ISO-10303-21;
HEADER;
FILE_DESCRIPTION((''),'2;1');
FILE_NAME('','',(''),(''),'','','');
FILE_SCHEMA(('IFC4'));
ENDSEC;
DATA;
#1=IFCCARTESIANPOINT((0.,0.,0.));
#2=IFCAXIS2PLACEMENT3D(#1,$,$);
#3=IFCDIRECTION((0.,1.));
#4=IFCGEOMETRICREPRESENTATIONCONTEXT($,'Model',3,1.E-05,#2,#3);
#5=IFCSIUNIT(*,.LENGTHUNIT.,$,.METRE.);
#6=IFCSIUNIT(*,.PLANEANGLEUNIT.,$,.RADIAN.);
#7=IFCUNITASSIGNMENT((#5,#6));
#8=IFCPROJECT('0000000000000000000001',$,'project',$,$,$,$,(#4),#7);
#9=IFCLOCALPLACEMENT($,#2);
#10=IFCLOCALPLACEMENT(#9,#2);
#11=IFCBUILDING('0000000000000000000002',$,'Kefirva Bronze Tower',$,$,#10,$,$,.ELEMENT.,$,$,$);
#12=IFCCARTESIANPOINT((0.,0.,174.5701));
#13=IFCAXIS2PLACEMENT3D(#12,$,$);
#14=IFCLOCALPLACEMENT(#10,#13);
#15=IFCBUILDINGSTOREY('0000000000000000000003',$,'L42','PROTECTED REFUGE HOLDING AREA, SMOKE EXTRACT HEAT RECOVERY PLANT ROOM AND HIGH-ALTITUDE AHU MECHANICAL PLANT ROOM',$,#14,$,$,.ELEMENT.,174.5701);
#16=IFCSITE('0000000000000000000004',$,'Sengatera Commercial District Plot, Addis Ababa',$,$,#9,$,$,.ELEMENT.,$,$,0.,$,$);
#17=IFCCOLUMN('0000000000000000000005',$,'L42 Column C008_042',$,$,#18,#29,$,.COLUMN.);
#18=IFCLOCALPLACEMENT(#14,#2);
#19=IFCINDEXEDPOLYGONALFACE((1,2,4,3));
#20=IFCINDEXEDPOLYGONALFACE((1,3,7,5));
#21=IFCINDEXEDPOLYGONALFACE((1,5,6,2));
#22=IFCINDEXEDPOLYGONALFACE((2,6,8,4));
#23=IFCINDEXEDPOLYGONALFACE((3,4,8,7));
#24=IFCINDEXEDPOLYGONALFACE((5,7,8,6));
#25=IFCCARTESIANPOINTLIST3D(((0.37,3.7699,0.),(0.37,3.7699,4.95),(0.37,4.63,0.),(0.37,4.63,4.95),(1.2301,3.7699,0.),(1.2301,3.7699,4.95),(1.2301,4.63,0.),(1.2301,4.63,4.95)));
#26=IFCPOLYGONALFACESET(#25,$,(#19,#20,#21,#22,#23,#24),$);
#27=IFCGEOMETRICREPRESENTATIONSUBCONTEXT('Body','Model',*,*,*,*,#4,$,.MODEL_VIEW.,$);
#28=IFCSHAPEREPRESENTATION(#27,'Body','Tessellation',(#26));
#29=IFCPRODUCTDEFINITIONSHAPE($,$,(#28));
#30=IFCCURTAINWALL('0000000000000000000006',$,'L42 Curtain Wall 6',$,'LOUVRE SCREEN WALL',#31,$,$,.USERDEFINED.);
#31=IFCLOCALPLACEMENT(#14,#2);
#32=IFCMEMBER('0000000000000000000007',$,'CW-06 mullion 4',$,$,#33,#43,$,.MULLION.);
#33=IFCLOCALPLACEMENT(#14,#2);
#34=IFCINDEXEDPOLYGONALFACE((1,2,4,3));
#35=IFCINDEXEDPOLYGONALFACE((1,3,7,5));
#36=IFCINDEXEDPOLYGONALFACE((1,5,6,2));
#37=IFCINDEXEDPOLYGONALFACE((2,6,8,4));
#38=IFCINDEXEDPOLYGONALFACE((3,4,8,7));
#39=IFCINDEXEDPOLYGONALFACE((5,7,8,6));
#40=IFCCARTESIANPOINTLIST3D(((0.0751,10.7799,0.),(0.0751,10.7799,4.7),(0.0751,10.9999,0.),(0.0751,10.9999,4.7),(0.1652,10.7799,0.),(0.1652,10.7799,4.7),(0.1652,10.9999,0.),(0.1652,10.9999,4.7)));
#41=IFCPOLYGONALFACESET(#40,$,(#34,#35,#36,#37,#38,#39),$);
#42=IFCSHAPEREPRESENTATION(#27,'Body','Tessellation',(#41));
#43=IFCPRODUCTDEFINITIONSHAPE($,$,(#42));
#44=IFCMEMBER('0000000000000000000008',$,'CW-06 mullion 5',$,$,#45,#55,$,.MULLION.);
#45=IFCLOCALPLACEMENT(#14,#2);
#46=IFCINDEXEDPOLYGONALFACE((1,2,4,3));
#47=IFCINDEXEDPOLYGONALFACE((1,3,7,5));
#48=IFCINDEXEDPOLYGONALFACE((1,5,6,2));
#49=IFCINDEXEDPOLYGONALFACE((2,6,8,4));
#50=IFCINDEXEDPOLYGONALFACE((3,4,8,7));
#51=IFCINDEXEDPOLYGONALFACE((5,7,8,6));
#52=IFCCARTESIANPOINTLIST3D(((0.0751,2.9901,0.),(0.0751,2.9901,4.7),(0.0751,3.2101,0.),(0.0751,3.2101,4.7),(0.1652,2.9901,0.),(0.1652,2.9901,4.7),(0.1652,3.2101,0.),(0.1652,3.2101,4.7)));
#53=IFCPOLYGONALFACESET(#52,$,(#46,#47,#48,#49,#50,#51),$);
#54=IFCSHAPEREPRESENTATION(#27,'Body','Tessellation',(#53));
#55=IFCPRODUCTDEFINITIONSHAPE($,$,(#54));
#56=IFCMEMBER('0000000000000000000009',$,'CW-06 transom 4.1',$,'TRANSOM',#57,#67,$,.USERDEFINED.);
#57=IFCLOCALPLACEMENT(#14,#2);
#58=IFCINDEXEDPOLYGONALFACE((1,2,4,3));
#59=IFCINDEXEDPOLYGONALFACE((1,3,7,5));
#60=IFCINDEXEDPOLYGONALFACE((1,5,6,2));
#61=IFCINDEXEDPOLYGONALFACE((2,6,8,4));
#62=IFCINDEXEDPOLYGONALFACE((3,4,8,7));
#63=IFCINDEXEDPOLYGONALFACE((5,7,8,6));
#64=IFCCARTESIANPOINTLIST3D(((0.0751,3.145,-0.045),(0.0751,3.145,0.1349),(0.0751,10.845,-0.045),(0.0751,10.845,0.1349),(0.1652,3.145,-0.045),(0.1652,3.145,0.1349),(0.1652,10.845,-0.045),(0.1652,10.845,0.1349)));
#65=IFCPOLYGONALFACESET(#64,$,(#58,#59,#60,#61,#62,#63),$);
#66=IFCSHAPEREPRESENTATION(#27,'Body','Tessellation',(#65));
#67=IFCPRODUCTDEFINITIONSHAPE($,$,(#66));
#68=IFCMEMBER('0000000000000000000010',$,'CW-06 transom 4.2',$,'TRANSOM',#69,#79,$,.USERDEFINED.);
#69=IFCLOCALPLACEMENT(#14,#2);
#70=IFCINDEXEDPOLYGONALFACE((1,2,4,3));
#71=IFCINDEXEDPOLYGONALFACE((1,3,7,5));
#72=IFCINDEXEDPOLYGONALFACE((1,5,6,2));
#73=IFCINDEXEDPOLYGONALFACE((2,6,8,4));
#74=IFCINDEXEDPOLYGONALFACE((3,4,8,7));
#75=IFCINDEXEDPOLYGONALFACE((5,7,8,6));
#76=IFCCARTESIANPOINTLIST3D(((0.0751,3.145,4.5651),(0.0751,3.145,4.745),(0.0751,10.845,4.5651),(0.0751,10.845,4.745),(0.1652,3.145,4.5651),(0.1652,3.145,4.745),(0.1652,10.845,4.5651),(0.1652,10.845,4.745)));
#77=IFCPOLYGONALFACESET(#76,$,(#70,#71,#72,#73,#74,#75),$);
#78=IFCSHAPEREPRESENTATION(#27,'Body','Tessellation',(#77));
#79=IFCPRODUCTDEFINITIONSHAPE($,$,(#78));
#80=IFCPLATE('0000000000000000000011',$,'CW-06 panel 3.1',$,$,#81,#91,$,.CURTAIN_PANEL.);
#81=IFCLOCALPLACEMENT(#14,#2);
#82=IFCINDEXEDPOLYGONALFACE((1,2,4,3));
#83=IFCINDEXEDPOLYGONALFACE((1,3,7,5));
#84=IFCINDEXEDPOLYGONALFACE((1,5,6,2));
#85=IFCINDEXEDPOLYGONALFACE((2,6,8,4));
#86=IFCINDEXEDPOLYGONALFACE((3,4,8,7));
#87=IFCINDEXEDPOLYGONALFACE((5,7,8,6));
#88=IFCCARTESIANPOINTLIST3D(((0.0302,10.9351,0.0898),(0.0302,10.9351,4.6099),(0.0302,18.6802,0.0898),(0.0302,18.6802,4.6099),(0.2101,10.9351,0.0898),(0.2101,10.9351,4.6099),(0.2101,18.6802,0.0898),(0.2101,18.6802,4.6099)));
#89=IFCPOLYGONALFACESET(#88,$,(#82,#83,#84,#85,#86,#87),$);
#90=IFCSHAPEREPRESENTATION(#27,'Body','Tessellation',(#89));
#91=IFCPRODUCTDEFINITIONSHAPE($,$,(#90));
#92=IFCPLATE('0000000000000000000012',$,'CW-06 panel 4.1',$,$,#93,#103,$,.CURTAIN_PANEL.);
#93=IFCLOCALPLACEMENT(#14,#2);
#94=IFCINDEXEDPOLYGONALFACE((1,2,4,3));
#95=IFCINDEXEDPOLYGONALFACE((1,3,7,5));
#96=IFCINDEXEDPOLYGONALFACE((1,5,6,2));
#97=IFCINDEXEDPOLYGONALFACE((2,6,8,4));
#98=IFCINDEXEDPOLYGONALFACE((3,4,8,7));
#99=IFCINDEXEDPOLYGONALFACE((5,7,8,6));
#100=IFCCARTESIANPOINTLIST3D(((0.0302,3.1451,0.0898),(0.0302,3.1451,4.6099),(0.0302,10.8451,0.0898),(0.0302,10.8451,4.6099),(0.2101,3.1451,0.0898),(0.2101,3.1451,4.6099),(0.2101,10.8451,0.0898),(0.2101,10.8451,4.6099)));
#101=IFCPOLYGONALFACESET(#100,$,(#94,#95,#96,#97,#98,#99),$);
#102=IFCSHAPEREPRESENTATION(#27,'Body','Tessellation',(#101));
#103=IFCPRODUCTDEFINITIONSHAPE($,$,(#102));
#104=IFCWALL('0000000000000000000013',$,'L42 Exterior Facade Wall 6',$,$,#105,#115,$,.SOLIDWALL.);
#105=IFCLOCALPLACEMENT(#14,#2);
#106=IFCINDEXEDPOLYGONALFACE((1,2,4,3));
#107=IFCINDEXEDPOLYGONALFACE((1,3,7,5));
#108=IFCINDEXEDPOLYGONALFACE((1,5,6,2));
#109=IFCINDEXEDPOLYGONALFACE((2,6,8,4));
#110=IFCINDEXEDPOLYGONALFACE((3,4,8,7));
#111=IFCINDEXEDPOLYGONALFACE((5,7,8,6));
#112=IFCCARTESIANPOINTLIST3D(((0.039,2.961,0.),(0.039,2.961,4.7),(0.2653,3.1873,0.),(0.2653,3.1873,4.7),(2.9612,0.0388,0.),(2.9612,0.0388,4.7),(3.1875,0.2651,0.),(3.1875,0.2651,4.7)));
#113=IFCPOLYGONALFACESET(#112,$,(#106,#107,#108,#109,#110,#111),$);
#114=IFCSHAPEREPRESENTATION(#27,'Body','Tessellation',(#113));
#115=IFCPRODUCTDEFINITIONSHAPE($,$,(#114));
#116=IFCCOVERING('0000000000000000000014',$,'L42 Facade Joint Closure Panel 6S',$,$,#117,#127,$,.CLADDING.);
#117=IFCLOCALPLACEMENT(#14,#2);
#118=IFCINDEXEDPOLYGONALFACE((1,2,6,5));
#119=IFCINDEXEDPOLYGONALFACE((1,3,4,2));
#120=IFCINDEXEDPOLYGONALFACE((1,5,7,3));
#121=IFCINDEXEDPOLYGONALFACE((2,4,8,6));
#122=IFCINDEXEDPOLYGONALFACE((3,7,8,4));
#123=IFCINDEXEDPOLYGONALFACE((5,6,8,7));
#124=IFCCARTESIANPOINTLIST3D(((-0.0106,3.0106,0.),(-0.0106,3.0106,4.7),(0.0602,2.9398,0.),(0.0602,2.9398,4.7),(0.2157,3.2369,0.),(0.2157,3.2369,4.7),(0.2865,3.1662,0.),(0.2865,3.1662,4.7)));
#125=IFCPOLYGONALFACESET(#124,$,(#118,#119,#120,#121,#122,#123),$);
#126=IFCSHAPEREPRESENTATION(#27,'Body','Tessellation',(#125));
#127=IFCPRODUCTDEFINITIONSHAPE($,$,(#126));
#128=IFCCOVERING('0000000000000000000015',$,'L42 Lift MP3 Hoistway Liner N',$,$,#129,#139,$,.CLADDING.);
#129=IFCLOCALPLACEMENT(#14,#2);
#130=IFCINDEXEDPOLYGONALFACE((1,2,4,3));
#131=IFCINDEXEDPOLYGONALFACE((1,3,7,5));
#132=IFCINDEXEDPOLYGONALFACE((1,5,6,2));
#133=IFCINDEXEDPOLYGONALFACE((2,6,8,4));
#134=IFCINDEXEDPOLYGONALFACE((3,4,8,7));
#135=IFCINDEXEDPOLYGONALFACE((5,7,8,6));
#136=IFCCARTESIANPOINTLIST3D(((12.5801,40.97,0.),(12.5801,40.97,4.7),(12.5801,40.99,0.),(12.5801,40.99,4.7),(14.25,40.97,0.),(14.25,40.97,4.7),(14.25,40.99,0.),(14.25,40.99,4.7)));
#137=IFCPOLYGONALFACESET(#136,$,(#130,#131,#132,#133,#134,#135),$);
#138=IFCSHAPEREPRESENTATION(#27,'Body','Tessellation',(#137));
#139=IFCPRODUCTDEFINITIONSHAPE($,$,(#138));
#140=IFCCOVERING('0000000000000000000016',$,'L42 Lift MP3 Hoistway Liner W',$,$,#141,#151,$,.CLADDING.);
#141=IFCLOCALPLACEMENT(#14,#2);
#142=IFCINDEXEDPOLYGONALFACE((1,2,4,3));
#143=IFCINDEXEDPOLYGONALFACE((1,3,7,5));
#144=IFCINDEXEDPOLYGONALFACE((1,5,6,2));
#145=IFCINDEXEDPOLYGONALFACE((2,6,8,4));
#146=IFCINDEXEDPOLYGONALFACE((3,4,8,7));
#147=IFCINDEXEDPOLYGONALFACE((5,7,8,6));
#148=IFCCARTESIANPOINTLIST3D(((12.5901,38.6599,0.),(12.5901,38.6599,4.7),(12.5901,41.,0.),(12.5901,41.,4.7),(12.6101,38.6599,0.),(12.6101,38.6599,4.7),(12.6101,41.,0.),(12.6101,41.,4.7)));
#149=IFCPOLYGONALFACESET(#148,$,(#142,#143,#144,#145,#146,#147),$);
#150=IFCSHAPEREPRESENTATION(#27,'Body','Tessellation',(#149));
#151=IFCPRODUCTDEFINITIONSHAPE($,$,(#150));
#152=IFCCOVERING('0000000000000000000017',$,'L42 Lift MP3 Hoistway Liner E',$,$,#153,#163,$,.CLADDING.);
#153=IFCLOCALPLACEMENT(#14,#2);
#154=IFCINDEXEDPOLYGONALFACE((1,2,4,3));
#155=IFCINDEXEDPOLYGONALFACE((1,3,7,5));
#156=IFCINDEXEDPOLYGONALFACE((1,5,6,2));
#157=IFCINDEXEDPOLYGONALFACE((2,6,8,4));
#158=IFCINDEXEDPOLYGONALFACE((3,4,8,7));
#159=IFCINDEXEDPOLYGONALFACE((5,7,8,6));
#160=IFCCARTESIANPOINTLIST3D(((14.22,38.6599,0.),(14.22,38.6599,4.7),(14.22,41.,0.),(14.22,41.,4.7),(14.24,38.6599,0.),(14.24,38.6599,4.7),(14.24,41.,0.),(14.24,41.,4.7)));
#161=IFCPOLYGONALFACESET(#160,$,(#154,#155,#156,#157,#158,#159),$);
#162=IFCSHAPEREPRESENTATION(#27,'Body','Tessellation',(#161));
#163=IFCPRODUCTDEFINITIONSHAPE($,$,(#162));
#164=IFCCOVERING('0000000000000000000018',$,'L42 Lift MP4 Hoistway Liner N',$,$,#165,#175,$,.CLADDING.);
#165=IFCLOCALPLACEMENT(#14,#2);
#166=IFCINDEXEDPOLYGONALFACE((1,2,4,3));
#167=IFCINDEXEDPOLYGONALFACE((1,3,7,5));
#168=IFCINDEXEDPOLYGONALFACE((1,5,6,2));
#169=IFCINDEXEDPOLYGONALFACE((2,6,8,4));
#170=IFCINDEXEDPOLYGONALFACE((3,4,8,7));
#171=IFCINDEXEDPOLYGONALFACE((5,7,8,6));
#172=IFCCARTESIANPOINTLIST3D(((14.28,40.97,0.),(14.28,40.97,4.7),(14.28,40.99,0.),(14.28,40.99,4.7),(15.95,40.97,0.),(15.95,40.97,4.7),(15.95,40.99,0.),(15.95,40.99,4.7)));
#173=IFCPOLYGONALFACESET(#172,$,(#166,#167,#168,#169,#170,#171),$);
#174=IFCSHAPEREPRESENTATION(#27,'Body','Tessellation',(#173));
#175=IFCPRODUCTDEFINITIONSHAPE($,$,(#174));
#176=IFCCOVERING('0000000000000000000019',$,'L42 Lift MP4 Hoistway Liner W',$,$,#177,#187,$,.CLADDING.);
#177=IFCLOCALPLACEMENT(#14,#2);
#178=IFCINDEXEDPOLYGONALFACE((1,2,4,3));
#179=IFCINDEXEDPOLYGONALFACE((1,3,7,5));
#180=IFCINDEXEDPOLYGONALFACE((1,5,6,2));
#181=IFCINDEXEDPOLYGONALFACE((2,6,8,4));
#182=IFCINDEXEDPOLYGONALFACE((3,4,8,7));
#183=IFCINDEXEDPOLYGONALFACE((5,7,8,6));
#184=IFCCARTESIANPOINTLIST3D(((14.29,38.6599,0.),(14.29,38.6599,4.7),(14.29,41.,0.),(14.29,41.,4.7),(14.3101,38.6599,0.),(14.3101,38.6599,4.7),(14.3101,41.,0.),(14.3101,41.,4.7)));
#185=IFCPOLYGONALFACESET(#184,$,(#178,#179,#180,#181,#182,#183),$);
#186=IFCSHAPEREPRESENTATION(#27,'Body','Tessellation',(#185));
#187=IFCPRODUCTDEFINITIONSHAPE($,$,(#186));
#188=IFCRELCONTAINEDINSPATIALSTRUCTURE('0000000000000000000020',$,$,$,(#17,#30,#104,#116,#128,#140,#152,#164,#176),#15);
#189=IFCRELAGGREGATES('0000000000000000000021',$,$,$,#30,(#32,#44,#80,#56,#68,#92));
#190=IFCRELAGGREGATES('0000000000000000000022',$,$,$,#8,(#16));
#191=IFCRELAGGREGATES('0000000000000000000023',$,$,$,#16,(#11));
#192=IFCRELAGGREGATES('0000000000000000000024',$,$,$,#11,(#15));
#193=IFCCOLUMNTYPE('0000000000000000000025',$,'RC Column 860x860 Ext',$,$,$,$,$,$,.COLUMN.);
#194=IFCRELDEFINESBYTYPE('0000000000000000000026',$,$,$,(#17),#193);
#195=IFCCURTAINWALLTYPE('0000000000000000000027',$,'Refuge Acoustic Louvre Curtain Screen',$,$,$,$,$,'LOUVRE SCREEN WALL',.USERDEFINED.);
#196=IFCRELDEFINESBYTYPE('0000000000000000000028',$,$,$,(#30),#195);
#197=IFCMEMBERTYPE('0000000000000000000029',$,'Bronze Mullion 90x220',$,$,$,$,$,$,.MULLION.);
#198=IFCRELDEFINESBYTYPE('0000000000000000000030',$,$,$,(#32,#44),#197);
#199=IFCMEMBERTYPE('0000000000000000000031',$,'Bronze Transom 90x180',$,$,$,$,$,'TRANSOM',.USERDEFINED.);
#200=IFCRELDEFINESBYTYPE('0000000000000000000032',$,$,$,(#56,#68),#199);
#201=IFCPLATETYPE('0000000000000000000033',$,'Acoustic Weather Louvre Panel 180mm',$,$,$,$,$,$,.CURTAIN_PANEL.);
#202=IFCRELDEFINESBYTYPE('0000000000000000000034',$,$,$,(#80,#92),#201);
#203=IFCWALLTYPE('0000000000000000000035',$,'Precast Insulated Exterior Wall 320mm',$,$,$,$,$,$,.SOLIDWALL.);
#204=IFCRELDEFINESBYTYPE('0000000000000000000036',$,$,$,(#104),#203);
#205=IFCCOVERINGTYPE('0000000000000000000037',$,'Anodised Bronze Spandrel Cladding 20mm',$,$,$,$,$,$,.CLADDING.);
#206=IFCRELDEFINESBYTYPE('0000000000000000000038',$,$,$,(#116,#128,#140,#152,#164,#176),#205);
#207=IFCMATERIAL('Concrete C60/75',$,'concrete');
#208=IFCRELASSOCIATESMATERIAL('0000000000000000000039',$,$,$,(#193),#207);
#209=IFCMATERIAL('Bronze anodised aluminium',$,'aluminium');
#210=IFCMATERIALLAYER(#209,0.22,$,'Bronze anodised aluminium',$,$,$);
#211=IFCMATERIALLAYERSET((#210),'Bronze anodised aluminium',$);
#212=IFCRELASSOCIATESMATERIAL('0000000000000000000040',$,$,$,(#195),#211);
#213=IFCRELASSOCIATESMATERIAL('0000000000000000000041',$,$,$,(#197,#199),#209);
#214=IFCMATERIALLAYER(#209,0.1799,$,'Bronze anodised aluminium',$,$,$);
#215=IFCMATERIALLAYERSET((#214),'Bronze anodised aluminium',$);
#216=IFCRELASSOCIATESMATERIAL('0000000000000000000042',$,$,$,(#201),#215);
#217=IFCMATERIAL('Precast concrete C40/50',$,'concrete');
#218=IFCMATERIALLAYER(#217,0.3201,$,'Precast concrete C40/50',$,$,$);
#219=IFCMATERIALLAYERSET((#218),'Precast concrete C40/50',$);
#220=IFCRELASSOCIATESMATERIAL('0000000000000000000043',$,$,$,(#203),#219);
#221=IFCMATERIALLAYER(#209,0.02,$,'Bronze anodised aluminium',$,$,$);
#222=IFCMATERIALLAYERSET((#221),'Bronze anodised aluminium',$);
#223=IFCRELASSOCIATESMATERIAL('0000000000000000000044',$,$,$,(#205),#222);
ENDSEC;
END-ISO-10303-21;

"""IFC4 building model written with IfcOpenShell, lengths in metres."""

from ifc_helpers import new_model, si_unit, direction, frame, frame_2d, origin, origin_2d, place, context, subcontext, project, spatial, polyline, rectangle, outline, extrude, material, layer, layer_set, material_profile, profile_set, type_object, element, aggregate, save


model = new_model("IFC4")

# Units and contexts
model_context = context("Model", 3, precision=1e-05, world=origin(), true_north=direction((0.0, 1.0)))
body_context = subcontext(model_context, "Body", "Model", "MODEL_VIEW")
ifc_project = project(units=[si_unit("LENGTHUNIT", "METRE"), si_unit("PLANEANGLEUNIT", "RADIAN")], contexts=[model_context])

# Site, building, storey
site_placement = place(None, origin())
site = spatial("IfcSite", under=ifc_project, at=site_placement, Name="Sengatera Commercial District Plot, Addis Ababa", CompositionType="ELEMENT", RefElevation=0.0)
building_placement = place(site_placement, origin())
building = spatial("IfcBuilding", under=site, at=building_placement, Name="Kefirva Bronze Tower", CompositionType="ELEMENT")
storey_placement = place(building_placement, frame((0.0, 0.0, 174.5701)))
storey = spatial("IfcBuildingStorey", under=building, at=storey_placement, Name="L42", Description="PROTECTED REFUGE HOLDING AREA, SMOKE EXTRACT HEAT RECOVERY PLANT ROOM AND HIGH-ALTITUDE AHU MECHANICAL PLANT ROOM", CompositionType="ELEMENT", Elevation=174.5701)

# Column
ifc_material_1 = material(Name="Concrete C60/75", Category="concrete")
ifc_material_profile_1 = material_profile(ifc_material_1, rectangle(XDim=0.8601, YDim=0.8601, at=origin_2d()), Name="RC 860x860")
ifc_profile_set_1 = profile_set([ifc_material_profile_1], Name="Concrete C60/75")
column_type = type_object("IfcColumnType", Name="RC Column 860x860 Ext", PredefinedType="COLUMN", material=ifc_profile_set_1)
column_placement = place(storey_placement, frame((0.8, 4.2, 0.0), z_axis=(0.0, 0.0, 1.0), x_axis=(1.0, 0.0, 0.0)))
element("IfcColumn", 1, at=column_placement, inside=storey, type_object=column_type, Name="L42 Column C008_042", PredefinedType="COLUMN", context=body_context, shape_type="SweptSolid", body=[
    extrude(rectangle(XDim=0.8601, YDim=0.8601, at=origin_2d()), origin(), (0.0, 0.0, 1.0), 4.95),
])

# Curtain wall, members, plates
ifc_material_2 = material(Name="Bronze anodised aluminium", Category="aluminium")
ifc_layer_1 = layer(ifc_material_2, 0.22, Name="Bronze anodised aluminium")
ifc_layer_set_1 = layer_set([ifc_layer_1], Name="Bronze anodised aluminium")
curtain_wall_type = type_object("IfcCurtainWallType", Name="Refuge Acoustic Louvre Curtain Screen", ElementType="LOUVRE SCREEN WALL", PredefinedType="USERDEFINED", material=ifc_layer_set_1)
curtain_wall_placement = place(storey_placement, origin())
curtain_wall = element("IfcCurtainWall", 2, at=curtain_wall_placement, inside=storey, type_object=curtain_wall_type, Name="L42 Curtain Wall 6", ObjectType="LOUVRE SCREEN WALL", PredefinedType="USERDEFINED")
ifc_material_profile_2 = material_profile(ifc_material_2, rectangle(XDim=0.0901, YDim=0.22, at=origin_2d()), Name="ALU 90x220")
ifc_profile_set_2 = profile_set([ifc_material_profile_2], Name="Bronze anodised aluminium")
member_type_1 = type_object("IfcMemberType", Name="Bronze Mullion 90x220", PredefinedType="MULLION", material=ifc_profile_set_2)
member_1_placement = place(storey_placement, frame((0.1201, 10.8899, 0.0), z_axis=(0.0, 0.0, 1.0), x_axis=(1.0, 0.0, 0.0)))
member_1 = element("IfcMember", 3, at=member_1_placement, type_object=member_type_1, Name="CW-06 mullion 4", PredefinedType="MULLION", context=body_context, shape_type="SweptSolid", body=[
    extrude(rectangle(XDim=0.0901, YDim=0.22, at=origin_2d()), origin(), (0.0, 0.0, 1.0), 4.7),
])
member_2_placement = place(storey_placement, frame((0.1201, 3.1001, 0.0), z_axis=(0.0, 0.0, 1.0), x_axis=(1.0, 0.0, 0.0)))
member_2 = element("IfcMember", 4, at=member_2_placement, type_object=member_type_1, Name="CW-06 mullion 5", PredefinedType="MULLION", context=body_context, shape_type="SweptSolid", body=[
    extrude(rectangle(XDim=0.0901, YDim=0.22, at=origin_2d()), origin(), (0.0, 0.0, 1.0), 4.7),
])
ifc_material_profile_3 = material_profile(ifc_material_2, rectangle(XDim=0.0901, YDim=0.1799, at=origin_2d()), Name="ALU 90x180")
ifc_profile_set_3 = profile_set([ifc_material_profile_3], Name="Bronze anodised aluminium")
member_type_2 = type_object("IfcMemberType", Name="Bronze Transom 90x180", ElementType="TRANSOM", PredefinedType="USERDEFINED", material=ifc_profile_set_3)
member_3_placement = place(storey_placement, frame((0.1201, 10.845, 0.0449), z_axis=(0.0, -1.0, 0.0), x_axis=(1.0, 0.0, 0.0)))
member_3 = element("IfcMember", 5, at=member_3_placement, type_object=member_type_2, Name="CW-06 transom 4.1", ObjectType="TRANSOM", PredefinedType="USERDEFINED", context=body_context, shape_type="SweptSolid", body=[
    extrude(rectangle(XDim=0.0901, YDim=0.1799, at=origin_2d()), origin(), (0.0, 0.0, 1.0), 7.7),
])
member_4_placement = place(storey_placement, frame((0.1201, 10.845, 4.655), z_axis=(0.0, -1.0, 0.0), x_axis=(1.0, 0.0, 0.0)))
member_4 = element("IfcMember", 6, at=member_4_placement, type_object=member_type_2, Name="CW-06 transom 4.2", ObjectType="TRANSOM", PredefinedType="USERDEFINED", context=body_context, shape_type="SweptSolid", body=[
    extrude(rectangle(XDim=0.0901, YDim=0.1799, at=origin_2d()), origin(), (0.0, 0.0, 1.0), 7.7),
])
ifc_layer_2 = layer(ifc_material_2, 0.1799, Name="Bronze anodised aluminium")
ifc_layer_set_2 = layer_set([ifc_layer_2], Name="Bronze anodised aluminium")
plate_type = type_object("IfcPlateType", Name="Acoustic Weather Louvre Panel 180mm", PredefinedType="CURTAIN_PANEL", material=ifc_layer_set_2)
plate_1_placement = place(storey_placement, frame((0.1201, 14.8076, 0.0898), z_axis=(0.0, 0.0, 1.0), x_axis=(0.0, -1.0, 0.0)))
plate_1 = element("IfcPlate", 7, at=plate_1_placement, type_object=plate_type, Name="CW-06 panel 3.1", PredefinedType="CURTAIN_PANEL", context=body_context, shape_type="SweptSolid", body=[
    extrude(rectangle(XDim=7.7451, YDim=0.1799, at=origin_2d()), origin(), (0.0, 0.0, 1.0), 4.52),
])
plate_2_placement = place(storey_placement, frame((0.1201, 6.9951, 0.0898), z_axis=(0.0, 0.0, 1.0), x_axis=(0.0, -1.0, 0.0)))
plate_2 = element("IfcPlate", 8, at=plate_2_placement, type_object=plate_type, Name="CW-06 panel 4.1", PredefinedType="CURTAIN_PANEL", context=body_context, shape_type="SweptSolid", body=[
    extrude(rectangle(XDim=7.7, YDim=0.1799, at=origin_2d()), origin(), (0.0, 0.0, 1.0), 4.52),
])
aggregate(curtain_wall, [member_1, member_2, plate_1, member_3, member_4, plate_2])

# Wall
ifc_material_3 = material(Name="Precast concrete C40/50", Category="concrete")
ifc_layer_3 = layer(ifc_material_3, 0.3201, Name="Precast concrete C40/50")
ifc_layer_set_3 = layer_set([ifc_layer_3], Name="Precast concrete C40/50")
wall_type = type_object("IfcWallType", Name="Precast Insulated Exterior Wall 320mm", PredefinedType="SOLIDWALL", material=ifc_layer_set_3)
wall_placement = place(storey_placement, frame((0.1521, 3.0742, 0.0), z_axis=(0.0, 0.0, 1.0), x_axis=(0.707107, -0.707107, 0.0)))
element("IfcWall", 9, at=wall_placement, inside=storey, type_object=wall_type, Name="L42 Exterior Facade Wall 6", PredefinedType="SOLIDWALL", context=body_context, shape_type="SweptSolid", body=[
    extrude(rectangle(XDim=4.1326, YDim=0.3201, at=frame_2d((2.0664, 0.0))), origin(), (0.0, 0.0, 1.0), 4.7),
])

# Coverings
ifc_layer_4 = layer(ifc_material_2, 0.02, Name="Bronze anodised aluminium")
ifc_layer_set_4 = layer_set([ifc_layer_4], Name="Bronze anodised aluminium")
covering_type_1 = type_object("IfcCoveringType", Name="Anodised Bronze Spandrel Cladding 20mm", PredefinedType="CLADDING", material=ifc_layer_set_4)
covering_1_placement = place(storey_placement, frame((0.1379, 3.0884, 0.0), z_axis=(0.0, 0.0, 1.0), x_axis=(0.707107, -0.707107, 0.0)))
element("IfcCovering", 10, at=covering_1_placement, inside=storey, type_object=covering_type_1, Name="L42 Facade Joint Closure Panel 6S", PredefinedType="CLADDING", context=body_context, shape_type="SweptSolid", body=[
    extrude(rectangle(XDim=0.1001, YDim=0.3201, at=origin_2d()), origin(), (0.0, 0.0, 1.0), 4.7),
])
covering_2_placement = place(storey_placement, origin())
element("IfcCovering", 11, at=covering_2_placement, inside=storey, type_object=covering_type_1, Name="L42 Lift MP3 Hoistway Liner N", PredefinedType="CLADDING", context=body_context, shape_type="SweptSolid", body=[
    extrude(outline(polyline([(12.5801, 40.97), (14.25, 40.97), (14.25, 40.99), (12.5801, 40.99), (12.5801, 40.97)])), origin(), (0.0, 0.0, 1.0), 4.7),
])
covering_3_placement = place(storey_placement, origin())
element("IfcCovering", 12, at=covering_3_placement, inside=storey, type_object=covering_type_1, Name="L42 Lift MP3 Hoistway Liner W", PredefinedType="CLADDING", context=body_context, shape_type="SweptSolid", body=[
    extrude(outline(polyline([(12.5901, 38.6599), (12.6101, 38.6599), (12.6101, 41.0), (12.5901, 41.0), (12.5901, 38.6599)])), origin(), (0.0, 0.0, 1.0), 4.7),
])
covering_4_placement = place(storey_placement, origin())
element("IfcCovering", 13, at=covering_4_placement, inside=storey, type_object=covering_type_1, Name="L42 Lift MP3 Hoistway Liner E", PredefinedType="CLADDING", context=body_context, shape_type="SweptSolid", body=[
    extrude(outline(polyline([(14.22, 38.6599), (14.24, 38.6599), (14.24, 41.0), (14.22, 41.0), (14.22, 38.6599)])), origin(), (0.0, 0.0, 1.0), 4.7),
])
covering_5_placement = place(storey_placement, origin())
element("IfcCovering", 14, at=covering_5_placement, inside=storey, type_object=covering_type_1, Name="L42 Lift MP4 Hoistway Liner N", PredefinedType="CLADDING", context=body_context, shape_type="SweptSolid", body=[
    extrude(outline(polyline([(14.28, 40.97), (15.95, 40.97), (15.95, 40.99), (14.28, 40.99), (14.28, 40.97)])), origin(), (0.0, 0.0, 1.0), 4.7),
])
covering_6_placement = place(storey_placement, origin())
element("IfcCovering", 15, at=covering_6_placement, inside=storey, type_object=covering_type_1, Name="L42 Lift MP4 Hoistway Liner W", PredefinedType="CLADDING", context=body_context, shape_type="SweptSolid", body=[
    extrude(outline(polyline([(14.29, 38.6599), (14.3101, 38.6599), (14.3101, 41.0), (14.29, 41.0), (14.29, 38.6599)])), origin(), (0.0, 0.0, 1.0), 4.7),
])

save(model, "model.ifc")
